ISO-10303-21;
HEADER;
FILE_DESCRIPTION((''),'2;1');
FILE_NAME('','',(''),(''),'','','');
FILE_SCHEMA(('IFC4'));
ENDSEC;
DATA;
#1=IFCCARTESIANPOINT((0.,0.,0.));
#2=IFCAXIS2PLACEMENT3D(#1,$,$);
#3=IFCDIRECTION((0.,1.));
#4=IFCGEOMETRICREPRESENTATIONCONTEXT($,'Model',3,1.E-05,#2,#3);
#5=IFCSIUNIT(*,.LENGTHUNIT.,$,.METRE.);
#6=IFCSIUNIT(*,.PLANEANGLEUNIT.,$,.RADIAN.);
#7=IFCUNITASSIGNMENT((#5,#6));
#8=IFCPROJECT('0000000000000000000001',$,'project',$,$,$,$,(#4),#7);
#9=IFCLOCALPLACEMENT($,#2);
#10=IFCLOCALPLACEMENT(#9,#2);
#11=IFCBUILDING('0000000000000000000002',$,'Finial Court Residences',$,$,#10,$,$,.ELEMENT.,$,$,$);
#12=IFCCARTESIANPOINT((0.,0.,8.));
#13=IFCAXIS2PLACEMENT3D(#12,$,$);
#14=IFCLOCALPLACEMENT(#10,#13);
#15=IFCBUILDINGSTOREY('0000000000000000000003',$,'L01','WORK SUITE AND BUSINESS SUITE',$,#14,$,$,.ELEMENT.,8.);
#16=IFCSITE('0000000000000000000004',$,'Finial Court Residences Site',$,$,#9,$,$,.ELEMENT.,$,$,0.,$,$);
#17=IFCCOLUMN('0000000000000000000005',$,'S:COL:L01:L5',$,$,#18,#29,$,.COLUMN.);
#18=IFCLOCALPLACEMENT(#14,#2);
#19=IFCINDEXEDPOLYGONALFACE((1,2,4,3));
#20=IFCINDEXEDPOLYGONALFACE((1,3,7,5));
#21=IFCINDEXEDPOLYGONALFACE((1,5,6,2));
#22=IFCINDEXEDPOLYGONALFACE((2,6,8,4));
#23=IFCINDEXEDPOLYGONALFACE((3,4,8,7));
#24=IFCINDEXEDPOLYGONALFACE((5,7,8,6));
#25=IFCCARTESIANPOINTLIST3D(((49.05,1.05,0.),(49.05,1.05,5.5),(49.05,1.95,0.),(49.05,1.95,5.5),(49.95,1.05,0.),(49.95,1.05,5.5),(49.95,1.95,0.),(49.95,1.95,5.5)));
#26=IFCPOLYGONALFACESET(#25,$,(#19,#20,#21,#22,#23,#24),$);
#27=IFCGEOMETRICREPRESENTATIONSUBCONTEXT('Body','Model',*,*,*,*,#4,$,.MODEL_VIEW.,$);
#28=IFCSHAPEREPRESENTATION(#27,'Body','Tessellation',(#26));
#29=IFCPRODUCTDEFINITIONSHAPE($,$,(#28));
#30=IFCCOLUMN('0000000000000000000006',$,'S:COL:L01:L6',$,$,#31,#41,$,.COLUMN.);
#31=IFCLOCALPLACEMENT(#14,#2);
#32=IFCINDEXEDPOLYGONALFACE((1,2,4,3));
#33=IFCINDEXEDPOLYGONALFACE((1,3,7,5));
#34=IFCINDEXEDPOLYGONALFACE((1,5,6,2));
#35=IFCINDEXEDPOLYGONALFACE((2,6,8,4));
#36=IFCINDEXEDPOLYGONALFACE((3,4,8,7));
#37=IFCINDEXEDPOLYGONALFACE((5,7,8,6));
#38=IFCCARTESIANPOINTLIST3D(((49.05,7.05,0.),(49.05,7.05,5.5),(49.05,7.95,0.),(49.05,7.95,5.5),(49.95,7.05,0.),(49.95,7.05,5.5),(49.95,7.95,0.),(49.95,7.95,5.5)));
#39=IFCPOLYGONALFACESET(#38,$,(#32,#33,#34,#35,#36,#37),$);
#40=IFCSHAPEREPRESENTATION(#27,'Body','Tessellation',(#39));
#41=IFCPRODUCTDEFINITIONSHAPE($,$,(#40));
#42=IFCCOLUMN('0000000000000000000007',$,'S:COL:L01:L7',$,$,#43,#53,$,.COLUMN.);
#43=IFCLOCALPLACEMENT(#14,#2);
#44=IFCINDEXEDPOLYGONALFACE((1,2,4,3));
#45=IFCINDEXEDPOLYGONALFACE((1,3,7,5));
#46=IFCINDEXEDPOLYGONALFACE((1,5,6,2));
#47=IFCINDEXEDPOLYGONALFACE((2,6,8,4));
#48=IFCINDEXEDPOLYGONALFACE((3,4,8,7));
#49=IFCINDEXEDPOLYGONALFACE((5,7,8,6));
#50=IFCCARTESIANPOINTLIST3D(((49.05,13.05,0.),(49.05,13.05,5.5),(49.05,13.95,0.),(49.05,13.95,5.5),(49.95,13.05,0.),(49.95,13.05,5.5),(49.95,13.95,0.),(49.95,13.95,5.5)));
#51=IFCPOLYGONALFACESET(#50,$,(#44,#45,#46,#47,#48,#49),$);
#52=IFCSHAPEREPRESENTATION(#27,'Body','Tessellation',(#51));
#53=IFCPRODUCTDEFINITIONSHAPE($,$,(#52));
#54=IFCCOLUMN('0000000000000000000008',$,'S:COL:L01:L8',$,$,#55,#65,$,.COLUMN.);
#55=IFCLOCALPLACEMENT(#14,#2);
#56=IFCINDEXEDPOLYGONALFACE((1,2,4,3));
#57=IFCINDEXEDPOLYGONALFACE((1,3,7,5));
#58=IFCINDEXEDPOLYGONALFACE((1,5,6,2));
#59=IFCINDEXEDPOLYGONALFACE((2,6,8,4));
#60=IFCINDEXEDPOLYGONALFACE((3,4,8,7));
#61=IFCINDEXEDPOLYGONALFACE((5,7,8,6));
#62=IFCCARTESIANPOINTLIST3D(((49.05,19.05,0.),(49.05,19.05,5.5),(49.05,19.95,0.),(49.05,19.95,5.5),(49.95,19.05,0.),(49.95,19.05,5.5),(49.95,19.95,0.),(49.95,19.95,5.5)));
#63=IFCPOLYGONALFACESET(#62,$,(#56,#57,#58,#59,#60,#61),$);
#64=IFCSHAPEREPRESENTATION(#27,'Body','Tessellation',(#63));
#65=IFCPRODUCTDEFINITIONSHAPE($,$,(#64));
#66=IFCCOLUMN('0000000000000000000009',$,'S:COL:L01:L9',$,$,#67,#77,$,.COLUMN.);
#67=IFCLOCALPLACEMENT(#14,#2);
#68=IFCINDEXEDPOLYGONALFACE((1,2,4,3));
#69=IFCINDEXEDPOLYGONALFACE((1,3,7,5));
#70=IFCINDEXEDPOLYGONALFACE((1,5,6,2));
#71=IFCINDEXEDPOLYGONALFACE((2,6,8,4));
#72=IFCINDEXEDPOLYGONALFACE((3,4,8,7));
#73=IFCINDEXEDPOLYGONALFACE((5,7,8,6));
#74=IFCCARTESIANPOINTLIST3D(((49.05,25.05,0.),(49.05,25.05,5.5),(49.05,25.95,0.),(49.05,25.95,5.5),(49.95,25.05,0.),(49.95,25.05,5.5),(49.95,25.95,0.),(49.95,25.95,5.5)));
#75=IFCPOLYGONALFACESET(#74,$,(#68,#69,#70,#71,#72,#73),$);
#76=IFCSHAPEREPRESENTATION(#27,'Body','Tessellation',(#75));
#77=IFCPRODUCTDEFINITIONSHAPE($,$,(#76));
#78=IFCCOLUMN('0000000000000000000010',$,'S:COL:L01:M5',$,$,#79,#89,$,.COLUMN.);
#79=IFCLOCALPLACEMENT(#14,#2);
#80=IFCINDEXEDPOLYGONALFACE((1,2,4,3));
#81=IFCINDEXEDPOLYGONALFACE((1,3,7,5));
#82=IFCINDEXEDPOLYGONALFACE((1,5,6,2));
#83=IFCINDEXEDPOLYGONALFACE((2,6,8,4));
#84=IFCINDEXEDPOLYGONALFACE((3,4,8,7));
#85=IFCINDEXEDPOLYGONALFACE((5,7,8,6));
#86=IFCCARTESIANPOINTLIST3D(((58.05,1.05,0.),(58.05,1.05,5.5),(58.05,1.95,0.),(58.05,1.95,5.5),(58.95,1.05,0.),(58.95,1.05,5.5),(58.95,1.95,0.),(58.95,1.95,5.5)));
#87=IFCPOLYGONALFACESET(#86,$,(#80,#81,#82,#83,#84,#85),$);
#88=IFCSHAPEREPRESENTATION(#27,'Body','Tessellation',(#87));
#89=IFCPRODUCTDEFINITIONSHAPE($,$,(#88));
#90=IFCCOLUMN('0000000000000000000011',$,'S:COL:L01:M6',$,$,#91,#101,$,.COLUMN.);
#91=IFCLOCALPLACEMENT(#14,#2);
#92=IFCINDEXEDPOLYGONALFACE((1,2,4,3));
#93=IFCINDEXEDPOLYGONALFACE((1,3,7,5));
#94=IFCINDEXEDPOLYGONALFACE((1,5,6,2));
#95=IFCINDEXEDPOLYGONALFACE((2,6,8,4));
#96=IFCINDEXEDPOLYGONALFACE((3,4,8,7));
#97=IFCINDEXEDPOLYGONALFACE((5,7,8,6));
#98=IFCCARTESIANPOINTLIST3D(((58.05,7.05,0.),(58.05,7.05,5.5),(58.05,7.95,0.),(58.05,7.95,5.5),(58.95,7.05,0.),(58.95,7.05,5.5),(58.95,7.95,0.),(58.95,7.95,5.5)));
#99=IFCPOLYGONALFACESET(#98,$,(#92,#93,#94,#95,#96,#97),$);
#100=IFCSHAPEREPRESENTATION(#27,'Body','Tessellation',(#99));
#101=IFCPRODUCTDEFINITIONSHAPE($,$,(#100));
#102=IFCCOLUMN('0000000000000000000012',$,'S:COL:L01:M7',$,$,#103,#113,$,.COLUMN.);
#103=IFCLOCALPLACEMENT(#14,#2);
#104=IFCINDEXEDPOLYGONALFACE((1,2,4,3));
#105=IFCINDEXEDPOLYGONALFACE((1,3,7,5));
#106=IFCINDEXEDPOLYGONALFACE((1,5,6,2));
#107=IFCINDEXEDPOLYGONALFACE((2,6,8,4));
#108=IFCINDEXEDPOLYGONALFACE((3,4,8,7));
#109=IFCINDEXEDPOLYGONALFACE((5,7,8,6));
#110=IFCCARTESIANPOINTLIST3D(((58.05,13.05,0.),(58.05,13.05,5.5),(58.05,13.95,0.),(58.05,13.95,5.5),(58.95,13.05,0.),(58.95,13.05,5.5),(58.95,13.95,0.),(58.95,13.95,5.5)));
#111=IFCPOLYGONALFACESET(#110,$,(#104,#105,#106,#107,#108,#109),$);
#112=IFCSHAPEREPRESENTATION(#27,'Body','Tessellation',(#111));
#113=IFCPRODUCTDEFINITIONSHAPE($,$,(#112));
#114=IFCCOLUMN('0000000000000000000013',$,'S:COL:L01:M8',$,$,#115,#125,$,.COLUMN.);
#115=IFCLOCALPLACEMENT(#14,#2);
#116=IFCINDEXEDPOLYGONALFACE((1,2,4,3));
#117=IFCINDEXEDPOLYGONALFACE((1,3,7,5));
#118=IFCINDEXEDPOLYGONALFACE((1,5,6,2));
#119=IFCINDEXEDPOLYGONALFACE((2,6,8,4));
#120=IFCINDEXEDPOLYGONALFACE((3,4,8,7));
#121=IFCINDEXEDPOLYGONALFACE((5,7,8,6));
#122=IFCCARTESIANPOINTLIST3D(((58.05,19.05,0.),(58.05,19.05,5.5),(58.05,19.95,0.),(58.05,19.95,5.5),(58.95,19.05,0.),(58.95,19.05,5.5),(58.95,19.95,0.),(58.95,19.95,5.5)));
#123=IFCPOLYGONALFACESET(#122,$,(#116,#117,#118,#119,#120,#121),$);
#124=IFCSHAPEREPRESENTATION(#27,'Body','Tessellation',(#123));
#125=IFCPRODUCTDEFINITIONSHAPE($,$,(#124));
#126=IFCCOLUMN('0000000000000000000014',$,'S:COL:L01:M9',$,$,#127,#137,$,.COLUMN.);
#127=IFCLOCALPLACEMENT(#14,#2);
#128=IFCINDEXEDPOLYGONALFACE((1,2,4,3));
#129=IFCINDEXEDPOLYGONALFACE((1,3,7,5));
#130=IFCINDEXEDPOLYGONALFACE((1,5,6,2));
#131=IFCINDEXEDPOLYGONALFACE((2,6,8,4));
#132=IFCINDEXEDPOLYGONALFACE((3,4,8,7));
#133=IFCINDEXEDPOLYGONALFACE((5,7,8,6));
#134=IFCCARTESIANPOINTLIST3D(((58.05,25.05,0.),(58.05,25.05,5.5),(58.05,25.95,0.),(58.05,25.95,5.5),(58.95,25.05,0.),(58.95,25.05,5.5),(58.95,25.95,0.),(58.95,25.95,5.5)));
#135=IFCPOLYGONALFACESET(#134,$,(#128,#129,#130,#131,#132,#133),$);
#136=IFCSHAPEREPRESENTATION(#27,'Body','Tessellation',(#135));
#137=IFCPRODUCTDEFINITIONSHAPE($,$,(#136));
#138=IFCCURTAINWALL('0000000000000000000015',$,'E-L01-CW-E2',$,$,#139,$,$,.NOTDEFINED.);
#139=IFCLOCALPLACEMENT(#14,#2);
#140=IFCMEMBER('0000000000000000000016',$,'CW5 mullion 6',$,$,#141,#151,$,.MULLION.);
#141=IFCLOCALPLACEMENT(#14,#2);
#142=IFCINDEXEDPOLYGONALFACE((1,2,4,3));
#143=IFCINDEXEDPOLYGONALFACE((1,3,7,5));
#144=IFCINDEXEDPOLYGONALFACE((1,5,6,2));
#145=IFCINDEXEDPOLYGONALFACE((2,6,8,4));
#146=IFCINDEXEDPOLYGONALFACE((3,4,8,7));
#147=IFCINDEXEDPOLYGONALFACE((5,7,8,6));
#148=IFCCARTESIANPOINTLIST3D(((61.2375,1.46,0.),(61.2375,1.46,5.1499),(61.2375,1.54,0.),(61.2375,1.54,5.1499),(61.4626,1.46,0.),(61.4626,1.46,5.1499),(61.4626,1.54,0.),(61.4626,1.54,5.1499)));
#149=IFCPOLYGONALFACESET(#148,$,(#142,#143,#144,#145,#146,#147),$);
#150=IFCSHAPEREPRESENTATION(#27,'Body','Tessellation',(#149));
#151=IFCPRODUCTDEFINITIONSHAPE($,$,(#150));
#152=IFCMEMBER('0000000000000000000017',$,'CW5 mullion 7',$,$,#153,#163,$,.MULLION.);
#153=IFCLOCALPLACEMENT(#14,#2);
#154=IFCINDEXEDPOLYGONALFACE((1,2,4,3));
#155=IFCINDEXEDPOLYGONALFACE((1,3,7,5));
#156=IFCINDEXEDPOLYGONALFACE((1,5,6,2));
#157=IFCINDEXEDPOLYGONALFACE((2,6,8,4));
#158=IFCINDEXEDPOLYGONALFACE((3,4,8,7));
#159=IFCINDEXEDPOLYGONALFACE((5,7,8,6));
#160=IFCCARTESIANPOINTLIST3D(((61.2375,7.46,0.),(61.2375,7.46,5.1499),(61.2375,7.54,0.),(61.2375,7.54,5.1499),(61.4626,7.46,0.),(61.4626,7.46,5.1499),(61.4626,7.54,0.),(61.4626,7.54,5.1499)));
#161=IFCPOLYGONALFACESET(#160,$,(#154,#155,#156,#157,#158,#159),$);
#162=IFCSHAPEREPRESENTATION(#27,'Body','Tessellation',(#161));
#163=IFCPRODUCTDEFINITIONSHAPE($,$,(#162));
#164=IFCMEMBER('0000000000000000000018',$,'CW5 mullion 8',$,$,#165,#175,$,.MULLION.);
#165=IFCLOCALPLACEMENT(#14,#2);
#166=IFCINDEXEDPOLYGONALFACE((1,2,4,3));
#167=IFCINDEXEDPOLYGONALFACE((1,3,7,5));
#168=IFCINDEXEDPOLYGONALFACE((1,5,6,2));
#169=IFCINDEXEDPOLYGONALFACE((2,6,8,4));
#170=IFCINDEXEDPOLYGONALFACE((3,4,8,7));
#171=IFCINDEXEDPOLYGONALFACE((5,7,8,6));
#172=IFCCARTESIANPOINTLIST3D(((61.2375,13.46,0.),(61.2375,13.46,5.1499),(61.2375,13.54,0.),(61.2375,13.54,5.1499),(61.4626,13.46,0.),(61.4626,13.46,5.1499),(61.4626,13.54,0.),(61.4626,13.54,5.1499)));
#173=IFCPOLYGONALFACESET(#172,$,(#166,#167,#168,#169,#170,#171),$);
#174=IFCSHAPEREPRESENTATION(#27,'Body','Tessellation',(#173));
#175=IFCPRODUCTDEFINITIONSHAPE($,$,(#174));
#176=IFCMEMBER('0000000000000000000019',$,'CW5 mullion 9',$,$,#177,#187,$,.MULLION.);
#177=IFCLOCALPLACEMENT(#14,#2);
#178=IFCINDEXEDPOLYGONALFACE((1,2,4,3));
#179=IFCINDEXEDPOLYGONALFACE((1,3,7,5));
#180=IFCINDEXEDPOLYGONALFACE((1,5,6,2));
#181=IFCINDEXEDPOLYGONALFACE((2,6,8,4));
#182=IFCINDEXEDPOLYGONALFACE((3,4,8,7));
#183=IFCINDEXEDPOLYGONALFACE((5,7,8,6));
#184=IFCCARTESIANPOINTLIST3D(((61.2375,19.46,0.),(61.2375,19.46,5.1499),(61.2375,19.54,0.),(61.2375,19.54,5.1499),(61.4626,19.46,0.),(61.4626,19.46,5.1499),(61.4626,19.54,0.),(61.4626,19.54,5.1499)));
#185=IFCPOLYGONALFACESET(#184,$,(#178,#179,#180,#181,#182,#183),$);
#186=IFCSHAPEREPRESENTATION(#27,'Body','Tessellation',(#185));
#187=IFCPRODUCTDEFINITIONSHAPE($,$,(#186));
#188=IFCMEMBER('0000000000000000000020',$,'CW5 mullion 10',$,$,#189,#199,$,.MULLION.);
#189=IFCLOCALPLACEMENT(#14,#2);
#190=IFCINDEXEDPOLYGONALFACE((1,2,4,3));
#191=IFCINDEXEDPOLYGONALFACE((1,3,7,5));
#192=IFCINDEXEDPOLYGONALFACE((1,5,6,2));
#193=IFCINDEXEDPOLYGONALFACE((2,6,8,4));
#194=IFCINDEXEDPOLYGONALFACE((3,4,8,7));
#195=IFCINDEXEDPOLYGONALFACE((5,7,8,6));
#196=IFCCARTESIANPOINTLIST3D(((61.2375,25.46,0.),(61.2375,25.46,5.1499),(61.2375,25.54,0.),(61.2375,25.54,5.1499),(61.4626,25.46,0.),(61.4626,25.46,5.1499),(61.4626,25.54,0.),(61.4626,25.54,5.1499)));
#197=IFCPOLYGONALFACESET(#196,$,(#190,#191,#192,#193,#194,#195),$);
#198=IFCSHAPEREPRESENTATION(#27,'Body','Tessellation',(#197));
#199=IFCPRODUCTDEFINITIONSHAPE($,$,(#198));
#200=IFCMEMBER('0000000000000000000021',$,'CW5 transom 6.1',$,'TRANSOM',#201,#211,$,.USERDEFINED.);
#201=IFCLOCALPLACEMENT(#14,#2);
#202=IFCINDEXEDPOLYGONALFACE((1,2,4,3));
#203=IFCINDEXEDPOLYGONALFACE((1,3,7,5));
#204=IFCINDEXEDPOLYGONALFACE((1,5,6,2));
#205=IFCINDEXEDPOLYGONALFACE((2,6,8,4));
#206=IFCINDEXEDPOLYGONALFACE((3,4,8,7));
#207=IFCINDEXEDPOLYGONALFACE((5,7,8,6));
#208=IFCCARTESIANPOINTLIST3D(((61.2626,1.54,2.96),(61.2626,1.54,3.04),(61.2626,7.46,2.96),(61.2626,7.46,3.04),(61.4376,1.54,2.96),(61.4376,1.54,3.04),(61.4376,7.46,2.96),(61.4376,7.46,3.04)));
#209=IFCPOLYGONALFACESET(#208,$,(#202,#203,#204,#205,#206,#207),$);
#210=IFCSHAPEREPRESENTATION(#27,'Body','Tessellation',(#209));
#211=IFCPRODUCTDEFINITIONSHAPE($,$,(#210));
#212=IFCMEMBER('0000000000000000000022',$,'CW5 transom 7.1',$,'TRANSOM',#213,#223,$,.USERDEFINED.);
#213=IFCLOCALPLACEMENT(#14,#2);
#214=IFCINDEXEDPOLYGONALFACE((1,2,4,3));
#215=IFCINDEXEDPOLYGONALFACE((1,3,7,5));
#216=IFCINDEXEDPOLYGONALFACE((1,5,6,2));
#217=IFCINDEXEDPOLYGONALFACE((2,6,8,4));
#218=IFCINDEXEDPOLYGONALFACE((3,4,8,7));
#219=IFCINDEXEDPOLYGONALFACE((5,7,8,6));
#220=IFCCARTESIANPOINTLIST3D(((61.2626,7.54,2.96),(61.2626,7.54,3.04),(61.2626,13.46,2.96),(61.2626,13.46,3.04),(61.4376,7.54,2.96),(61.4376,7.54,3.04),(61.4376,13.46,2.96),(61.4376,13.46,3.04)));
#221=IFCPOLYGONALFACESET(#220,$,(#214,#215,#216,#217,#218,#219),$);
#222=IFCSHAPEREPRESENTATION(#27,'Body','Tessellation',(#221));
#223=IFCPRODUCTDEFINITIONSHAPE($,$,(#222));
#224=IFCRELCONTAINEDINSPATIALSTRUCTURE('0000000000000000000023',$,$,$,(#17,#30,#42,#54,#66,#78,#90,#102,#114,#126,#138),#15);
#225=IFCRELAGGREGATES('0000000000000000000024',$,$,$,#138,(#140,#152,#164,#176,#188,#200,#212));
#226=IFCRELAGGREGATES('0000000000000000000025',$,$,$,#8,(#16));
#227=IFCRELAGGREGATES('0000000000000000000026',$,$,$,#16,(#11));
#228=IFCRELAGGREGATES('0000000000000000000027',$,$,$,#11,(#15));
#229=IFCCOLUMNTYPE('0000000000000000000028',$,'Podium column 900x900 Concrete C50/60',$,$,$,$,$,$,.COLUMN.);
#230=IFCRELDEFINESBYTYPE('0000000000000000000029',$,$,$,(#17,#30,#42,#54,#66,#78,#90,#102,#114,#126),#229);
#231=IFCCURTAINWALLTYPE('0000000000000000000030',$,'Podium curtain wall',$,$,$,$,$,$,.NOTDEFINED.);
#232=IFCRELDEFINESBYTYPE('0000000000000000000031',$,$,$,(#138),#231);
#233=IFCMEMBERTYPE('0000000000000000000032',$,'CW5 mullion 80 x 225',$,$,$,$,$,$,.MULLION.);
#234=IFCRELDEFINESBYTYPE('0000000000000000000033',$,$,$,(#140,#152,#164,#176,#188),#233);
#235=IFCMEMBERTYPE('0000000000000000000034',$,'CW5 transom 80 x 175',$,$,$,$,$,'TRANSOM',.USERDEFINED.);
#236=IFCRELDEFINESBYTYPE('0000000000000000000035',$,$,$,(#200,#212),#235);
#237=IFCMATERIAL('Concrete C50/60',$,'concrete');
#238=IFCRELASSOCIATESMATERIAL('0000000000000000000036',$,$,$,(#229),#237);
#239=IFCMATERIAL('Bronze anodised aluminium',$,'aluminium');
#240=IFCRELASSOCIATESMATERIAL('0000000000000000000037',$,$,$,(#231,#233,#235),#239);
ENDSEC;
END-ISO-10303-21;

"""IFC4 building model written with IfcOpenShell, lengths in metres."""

from ifc_helpers import new_model, si_unit, direction, frame, origin, origin_2d, place, context, subcontext, project, spatial, rectangle, extrude, material, material_profile, profile_set, type_object, element, aggregate, save


model = new_model("IFC4")

# Units and contexts
model_context = context("Model", 3, precision=1e-05, world=origin(), true_north=direction((0.0, 1.0)))
body_context = subcontext(model_context, "Body", "Model", "MODEL_VIEW")
ifc_project = project(units=[si_unit("LENGTHUNIT", "METRE"), si_unit("PLANEANGLEUNIT", "RADIAN")], contexts=[model_context])

# Site, building, storey
site_placement = place(None, origin())
site = spatial("IfcSite", under=ifc_project, at=site_placement, Name="Finial Court Residences Site", CompositionType="ELEMENT", RefElevation=0.0)
building_placement = place(site_placement, origin())
building = spatial("IfcBuilding", under=site, at=building_placement, Name="Finial Court Residences", CompositionType="ELEMENT")
storey_placement = place(building_placement, frame((0.0, 0.0, 8.0)))
storey = spatial("IfcBuildingStorey", under=building, at=storey_placement, Name="L01", Description="WORK SUITE AND BUSINESS SUITE", CompositionType="ELEMENT", Elevation=8.0)

# Columns
ifc_material_1 = material(Name="Concrete C50/60", Category="concrete")
ifc_material_profile_1 = material_profile(ifc_material_1, rectangle(XDim=0.8999, YDim=0.8999, at=origin_2d()), Name="900x900")
ifc_profile_set_1 = profile_set([ifc_material_profile_1], Name="Concrete C50/60")
column_type = type_object("IfcColumnType", Name="Podium column 900x900 Concrete C50/60", PredefinedType="COLUMN", material=ifc_profile_set_1)
for number, where, z_axis, x_axis, name in (
    (1, (49.5, 1.5, 0.0), (0.0, 0.0, 1.0), (1.0, 0.0, 0.0), "S:COL:L01:L5"),
    (2, (49.5, 7.5, 0.0), (0.0, 0.0, 1.0), (1.0, 0.0, 0.0), "S:COL:L01:L6"),
    (3, (49.5, 13.5, 0.0), (0.0, 0.0, 1.0), (1.0, 0.0, 0.0), "S:COL:L01:L7"),
    (4, (49.5, 19.5, 0.0), (0.0, 0.0, 1.0), (1.0, 0.0, 0.0), "S:COL:L01:L8"),
    (5, (49.5, 25.5, 0.0), (0.0, 0.0, 1.0), (1.0, 0.0, 0.0), "S:COL:L01:L9"),
    (6, (58.5, 1.5, 0.0), (0.0, 0.0, 1.0), (1.0, 0.0, 0.0), "S:COL:L01:M5"),
    (7, (58.5, 7.5, 0.0), (0.0, 0.0, 1.0), (1.0, 0.0, 0.0), "S:COL:L01:M6"),
    (8, (58.5, 13.5, 0.0), (0.0, 0.0, 1.0), (1.0, 0.0, 0.0), "S:COL:L01:M7"),
    (9, (58.5, 19.5, 0.0), (0.0, 0.0, 1.0), (1.0, 0.0, 0.0), "S:COL:L01:M8"),
    (10, (58.5, 25.5, 0.0), (0.0, 0.0, 1.0), (1.0, 0.0, 0.0), "S:COL:L01:M9"),
):
    element("IfcColumn", number, at=place(storey_placement, frame(where, z_axis=z_axis, x_axis=x_axis)), inside=storey, type_object=column_type, Name=name, PredefinedType="COLUMN", context=body_context, shape_type="SweptSolid", body=[
        extrude(rectangle(XDim=0.8999, YDim=0.8999, at=origin_2d()), origin(), (0.0, 0.0, 1.0), 5.5),
    ])

# Curtain wall, members
ifc_material_2 = material(Name="Bronze anodised aluminium", Category="aluminium")
curtain_wall_type = type_object("IfcCurtainWallType", Name="Podium curtain wall", PredefinedType="NOTDEFINED", material=ifc_material_2)
curtain_wall_placement = place(storey_placement, origin())
curtain_wall = element("IfcCurtainWall", 11, at=curtain_wall_placement, inside=storey, type_object=curtain_wall_type, Name="E-L01-CW-E2", PredefinedType="NOTDEFINED")
ifc_material_profile_2 = material_profile(ifc_material_2, rectangle(XDim=0.2251, YDim=0.0801, at=origin_2d()), Name="CW5 mullion 80 x 225")
ifc_profile_set_2 = profile_set([ifc_material_profile_2], Name="Bronze anodised aluminium")
member_type_1 = type_object("IfcMemberType", Name="CW5 mullion 80 x 225", PredefinedType="MULLION", material=ifc_profile_set_2)
member_1_placement = place(storey_placement, frame((61.3501, 1.5, 0.0), z_axis=(0.0, 0.0, 1.0), x_axis=(-1.0, 0.0, 0.0)))
member_1 = element("IfcMember", 12, at=member_1_placement, type_object=member_type_1, Name="CW5 mullion 6", PredefinedType="MULLION", context=body_context, shape_type="SweptSolid", body=[
    extrude(rectangle(XDim=0.2251, YDim=0.0801, at=origin_2d()), origin(), (0.0, 0.0, 1.0), 5.1499),
])
member_2_placement = place(storey_placement, frame((61.3501, 7.5, 0.0), z_axis=(0.0, 0.0, 1.0), x_axis=(-1.0, 0.0, 0.0)))
member_2 = element("IfcMember", 13, at=member_2_placement, type_object=member_type_1, Name="CW5 mullion 7", PredefinedType="MULLION", context=body_context, shape_type="SweptSolid", body=[
    extrude(rectangle(XDim=0.2251, YDim=0.0801, at=origin_2d()), origin(), (0.0, 0.0, 1.0), 5.1499),
])
member_3_placement = place(storey_placement, frame((61.3501, 13.5, 0.0), z_axis=(0.0, 0.0, 1.0), x_axis=(-1.0, 0.0, 0.0)))
member_3 = element("IfcMember", 14, at=member_3_placement, type_object=member_type_1, Name="CW5 mullion 8", PredefinedType="MULLION", context=body_context, shape_type="SweptSolid", body=[
    extrude(rectangle(XDim=0.2251, YDim=0.0801, at=origin_2d()), origin(), (0.0, 0.0, 1.0), 5.1499),
])
member_4_placement = place(storey_placement, frame((61.3501, 19.5, 0.0), z_axis=(0.0, 0.0, 1.0), x_axis=(-1.0, 0.0, 0.0)))
member_4 = element("IfcMember", 15, at=member_4_placement, type_object=member_type_1, Name="CW5 mullion 9", PredefinedType="MULLION", context=body_context, shape_type="SweptSolid", body=[
    extrude(rectangle(XDim=0.2251, YDim=0.0801, at=origin_2d()), origin(), (0.0, 0.0, 1.0), 5.1499),
])
member_5_placement = place(storey_placement, frame((61.3501, 25.5, 0.0), z_axis=(0.0, 0.0, 1.0), x_axis=(-1.0, 0.0, 0.0)))
member_5 = element("IfcMember", 16, at=member_5_placement, type_object=member_type_1, Name="CW5 mullion 10", PredefinedType="MULLION", context=body_context, shape_type="SweptSolid", body=[
    extrude(rectangle(XDim=0.2251, YDim=0.0801, at=origin_2d()), origin(), (0.0, 0.0, 1.0), 5.1499),
])
ifc_material_profile_3 = material_profile(ifc_material_2, rectangle(XDim=0.175, YDim=0.0801, at=origin_2d()), Name="CW5 transom 80 x 175")
ifc_profile_set_3 = profile_set([ifc_material_profile_3], Name="Bronze anodised aluminium")
member_type_2 = type_object("IfcMemberType", Name="CW5 transom 80 x 175", ElementType="TRANSOM", PredefinedType="USERDEFINED", material=ifc_profile_set_3)
member_6_placement = place(storey_placement, frame((61.3501, 1.54, 3.0), z_axis=(0.0, 1.0, 0.0), x_axis=(-1.0, 0.0, 0.0)))
member_6 = element("IfcMember", 17, at=member_6_placement, type_object=member_type_2, Name="CW5 transom 6.1", ObjectType="TRANSOM", PredefinedType="USERDEFINED", context=body_context, shape_type="SweptSolid", body=[
    extrude(rectangle(XDim=0.175, YDim=0.0801, at=origin_2d()), origin(), (0.0, 0.0, 1.0), 5.9199),
])
member_7_placement = place(storey_placement, frame((61.3501, 7.54, 3.0), z_axis=(0.0, 1.0, 0.0), x_axis=(-1.0, 0.0, 0.0)))
member_7 = element("IfcMember", 18, at=member_7_placement, type_object=member_type_2, Name="CW5 transom 7.1", ObjectType="TRANSOM", PredefinedType="USERDEFINED", context=body_context, shape_type="SweptSolid", body=[
    extrude(rectangle(XDim=0.175, YDim=0.0801, at=origin_2d()), origin(), (0.0, 0.0, 1.0), 5.9199),
])
aggregate(curtain_wall, [member_1, member_2, member_3, member_4, member_5, member_6, member_7])

save(model, "model.ifc")
